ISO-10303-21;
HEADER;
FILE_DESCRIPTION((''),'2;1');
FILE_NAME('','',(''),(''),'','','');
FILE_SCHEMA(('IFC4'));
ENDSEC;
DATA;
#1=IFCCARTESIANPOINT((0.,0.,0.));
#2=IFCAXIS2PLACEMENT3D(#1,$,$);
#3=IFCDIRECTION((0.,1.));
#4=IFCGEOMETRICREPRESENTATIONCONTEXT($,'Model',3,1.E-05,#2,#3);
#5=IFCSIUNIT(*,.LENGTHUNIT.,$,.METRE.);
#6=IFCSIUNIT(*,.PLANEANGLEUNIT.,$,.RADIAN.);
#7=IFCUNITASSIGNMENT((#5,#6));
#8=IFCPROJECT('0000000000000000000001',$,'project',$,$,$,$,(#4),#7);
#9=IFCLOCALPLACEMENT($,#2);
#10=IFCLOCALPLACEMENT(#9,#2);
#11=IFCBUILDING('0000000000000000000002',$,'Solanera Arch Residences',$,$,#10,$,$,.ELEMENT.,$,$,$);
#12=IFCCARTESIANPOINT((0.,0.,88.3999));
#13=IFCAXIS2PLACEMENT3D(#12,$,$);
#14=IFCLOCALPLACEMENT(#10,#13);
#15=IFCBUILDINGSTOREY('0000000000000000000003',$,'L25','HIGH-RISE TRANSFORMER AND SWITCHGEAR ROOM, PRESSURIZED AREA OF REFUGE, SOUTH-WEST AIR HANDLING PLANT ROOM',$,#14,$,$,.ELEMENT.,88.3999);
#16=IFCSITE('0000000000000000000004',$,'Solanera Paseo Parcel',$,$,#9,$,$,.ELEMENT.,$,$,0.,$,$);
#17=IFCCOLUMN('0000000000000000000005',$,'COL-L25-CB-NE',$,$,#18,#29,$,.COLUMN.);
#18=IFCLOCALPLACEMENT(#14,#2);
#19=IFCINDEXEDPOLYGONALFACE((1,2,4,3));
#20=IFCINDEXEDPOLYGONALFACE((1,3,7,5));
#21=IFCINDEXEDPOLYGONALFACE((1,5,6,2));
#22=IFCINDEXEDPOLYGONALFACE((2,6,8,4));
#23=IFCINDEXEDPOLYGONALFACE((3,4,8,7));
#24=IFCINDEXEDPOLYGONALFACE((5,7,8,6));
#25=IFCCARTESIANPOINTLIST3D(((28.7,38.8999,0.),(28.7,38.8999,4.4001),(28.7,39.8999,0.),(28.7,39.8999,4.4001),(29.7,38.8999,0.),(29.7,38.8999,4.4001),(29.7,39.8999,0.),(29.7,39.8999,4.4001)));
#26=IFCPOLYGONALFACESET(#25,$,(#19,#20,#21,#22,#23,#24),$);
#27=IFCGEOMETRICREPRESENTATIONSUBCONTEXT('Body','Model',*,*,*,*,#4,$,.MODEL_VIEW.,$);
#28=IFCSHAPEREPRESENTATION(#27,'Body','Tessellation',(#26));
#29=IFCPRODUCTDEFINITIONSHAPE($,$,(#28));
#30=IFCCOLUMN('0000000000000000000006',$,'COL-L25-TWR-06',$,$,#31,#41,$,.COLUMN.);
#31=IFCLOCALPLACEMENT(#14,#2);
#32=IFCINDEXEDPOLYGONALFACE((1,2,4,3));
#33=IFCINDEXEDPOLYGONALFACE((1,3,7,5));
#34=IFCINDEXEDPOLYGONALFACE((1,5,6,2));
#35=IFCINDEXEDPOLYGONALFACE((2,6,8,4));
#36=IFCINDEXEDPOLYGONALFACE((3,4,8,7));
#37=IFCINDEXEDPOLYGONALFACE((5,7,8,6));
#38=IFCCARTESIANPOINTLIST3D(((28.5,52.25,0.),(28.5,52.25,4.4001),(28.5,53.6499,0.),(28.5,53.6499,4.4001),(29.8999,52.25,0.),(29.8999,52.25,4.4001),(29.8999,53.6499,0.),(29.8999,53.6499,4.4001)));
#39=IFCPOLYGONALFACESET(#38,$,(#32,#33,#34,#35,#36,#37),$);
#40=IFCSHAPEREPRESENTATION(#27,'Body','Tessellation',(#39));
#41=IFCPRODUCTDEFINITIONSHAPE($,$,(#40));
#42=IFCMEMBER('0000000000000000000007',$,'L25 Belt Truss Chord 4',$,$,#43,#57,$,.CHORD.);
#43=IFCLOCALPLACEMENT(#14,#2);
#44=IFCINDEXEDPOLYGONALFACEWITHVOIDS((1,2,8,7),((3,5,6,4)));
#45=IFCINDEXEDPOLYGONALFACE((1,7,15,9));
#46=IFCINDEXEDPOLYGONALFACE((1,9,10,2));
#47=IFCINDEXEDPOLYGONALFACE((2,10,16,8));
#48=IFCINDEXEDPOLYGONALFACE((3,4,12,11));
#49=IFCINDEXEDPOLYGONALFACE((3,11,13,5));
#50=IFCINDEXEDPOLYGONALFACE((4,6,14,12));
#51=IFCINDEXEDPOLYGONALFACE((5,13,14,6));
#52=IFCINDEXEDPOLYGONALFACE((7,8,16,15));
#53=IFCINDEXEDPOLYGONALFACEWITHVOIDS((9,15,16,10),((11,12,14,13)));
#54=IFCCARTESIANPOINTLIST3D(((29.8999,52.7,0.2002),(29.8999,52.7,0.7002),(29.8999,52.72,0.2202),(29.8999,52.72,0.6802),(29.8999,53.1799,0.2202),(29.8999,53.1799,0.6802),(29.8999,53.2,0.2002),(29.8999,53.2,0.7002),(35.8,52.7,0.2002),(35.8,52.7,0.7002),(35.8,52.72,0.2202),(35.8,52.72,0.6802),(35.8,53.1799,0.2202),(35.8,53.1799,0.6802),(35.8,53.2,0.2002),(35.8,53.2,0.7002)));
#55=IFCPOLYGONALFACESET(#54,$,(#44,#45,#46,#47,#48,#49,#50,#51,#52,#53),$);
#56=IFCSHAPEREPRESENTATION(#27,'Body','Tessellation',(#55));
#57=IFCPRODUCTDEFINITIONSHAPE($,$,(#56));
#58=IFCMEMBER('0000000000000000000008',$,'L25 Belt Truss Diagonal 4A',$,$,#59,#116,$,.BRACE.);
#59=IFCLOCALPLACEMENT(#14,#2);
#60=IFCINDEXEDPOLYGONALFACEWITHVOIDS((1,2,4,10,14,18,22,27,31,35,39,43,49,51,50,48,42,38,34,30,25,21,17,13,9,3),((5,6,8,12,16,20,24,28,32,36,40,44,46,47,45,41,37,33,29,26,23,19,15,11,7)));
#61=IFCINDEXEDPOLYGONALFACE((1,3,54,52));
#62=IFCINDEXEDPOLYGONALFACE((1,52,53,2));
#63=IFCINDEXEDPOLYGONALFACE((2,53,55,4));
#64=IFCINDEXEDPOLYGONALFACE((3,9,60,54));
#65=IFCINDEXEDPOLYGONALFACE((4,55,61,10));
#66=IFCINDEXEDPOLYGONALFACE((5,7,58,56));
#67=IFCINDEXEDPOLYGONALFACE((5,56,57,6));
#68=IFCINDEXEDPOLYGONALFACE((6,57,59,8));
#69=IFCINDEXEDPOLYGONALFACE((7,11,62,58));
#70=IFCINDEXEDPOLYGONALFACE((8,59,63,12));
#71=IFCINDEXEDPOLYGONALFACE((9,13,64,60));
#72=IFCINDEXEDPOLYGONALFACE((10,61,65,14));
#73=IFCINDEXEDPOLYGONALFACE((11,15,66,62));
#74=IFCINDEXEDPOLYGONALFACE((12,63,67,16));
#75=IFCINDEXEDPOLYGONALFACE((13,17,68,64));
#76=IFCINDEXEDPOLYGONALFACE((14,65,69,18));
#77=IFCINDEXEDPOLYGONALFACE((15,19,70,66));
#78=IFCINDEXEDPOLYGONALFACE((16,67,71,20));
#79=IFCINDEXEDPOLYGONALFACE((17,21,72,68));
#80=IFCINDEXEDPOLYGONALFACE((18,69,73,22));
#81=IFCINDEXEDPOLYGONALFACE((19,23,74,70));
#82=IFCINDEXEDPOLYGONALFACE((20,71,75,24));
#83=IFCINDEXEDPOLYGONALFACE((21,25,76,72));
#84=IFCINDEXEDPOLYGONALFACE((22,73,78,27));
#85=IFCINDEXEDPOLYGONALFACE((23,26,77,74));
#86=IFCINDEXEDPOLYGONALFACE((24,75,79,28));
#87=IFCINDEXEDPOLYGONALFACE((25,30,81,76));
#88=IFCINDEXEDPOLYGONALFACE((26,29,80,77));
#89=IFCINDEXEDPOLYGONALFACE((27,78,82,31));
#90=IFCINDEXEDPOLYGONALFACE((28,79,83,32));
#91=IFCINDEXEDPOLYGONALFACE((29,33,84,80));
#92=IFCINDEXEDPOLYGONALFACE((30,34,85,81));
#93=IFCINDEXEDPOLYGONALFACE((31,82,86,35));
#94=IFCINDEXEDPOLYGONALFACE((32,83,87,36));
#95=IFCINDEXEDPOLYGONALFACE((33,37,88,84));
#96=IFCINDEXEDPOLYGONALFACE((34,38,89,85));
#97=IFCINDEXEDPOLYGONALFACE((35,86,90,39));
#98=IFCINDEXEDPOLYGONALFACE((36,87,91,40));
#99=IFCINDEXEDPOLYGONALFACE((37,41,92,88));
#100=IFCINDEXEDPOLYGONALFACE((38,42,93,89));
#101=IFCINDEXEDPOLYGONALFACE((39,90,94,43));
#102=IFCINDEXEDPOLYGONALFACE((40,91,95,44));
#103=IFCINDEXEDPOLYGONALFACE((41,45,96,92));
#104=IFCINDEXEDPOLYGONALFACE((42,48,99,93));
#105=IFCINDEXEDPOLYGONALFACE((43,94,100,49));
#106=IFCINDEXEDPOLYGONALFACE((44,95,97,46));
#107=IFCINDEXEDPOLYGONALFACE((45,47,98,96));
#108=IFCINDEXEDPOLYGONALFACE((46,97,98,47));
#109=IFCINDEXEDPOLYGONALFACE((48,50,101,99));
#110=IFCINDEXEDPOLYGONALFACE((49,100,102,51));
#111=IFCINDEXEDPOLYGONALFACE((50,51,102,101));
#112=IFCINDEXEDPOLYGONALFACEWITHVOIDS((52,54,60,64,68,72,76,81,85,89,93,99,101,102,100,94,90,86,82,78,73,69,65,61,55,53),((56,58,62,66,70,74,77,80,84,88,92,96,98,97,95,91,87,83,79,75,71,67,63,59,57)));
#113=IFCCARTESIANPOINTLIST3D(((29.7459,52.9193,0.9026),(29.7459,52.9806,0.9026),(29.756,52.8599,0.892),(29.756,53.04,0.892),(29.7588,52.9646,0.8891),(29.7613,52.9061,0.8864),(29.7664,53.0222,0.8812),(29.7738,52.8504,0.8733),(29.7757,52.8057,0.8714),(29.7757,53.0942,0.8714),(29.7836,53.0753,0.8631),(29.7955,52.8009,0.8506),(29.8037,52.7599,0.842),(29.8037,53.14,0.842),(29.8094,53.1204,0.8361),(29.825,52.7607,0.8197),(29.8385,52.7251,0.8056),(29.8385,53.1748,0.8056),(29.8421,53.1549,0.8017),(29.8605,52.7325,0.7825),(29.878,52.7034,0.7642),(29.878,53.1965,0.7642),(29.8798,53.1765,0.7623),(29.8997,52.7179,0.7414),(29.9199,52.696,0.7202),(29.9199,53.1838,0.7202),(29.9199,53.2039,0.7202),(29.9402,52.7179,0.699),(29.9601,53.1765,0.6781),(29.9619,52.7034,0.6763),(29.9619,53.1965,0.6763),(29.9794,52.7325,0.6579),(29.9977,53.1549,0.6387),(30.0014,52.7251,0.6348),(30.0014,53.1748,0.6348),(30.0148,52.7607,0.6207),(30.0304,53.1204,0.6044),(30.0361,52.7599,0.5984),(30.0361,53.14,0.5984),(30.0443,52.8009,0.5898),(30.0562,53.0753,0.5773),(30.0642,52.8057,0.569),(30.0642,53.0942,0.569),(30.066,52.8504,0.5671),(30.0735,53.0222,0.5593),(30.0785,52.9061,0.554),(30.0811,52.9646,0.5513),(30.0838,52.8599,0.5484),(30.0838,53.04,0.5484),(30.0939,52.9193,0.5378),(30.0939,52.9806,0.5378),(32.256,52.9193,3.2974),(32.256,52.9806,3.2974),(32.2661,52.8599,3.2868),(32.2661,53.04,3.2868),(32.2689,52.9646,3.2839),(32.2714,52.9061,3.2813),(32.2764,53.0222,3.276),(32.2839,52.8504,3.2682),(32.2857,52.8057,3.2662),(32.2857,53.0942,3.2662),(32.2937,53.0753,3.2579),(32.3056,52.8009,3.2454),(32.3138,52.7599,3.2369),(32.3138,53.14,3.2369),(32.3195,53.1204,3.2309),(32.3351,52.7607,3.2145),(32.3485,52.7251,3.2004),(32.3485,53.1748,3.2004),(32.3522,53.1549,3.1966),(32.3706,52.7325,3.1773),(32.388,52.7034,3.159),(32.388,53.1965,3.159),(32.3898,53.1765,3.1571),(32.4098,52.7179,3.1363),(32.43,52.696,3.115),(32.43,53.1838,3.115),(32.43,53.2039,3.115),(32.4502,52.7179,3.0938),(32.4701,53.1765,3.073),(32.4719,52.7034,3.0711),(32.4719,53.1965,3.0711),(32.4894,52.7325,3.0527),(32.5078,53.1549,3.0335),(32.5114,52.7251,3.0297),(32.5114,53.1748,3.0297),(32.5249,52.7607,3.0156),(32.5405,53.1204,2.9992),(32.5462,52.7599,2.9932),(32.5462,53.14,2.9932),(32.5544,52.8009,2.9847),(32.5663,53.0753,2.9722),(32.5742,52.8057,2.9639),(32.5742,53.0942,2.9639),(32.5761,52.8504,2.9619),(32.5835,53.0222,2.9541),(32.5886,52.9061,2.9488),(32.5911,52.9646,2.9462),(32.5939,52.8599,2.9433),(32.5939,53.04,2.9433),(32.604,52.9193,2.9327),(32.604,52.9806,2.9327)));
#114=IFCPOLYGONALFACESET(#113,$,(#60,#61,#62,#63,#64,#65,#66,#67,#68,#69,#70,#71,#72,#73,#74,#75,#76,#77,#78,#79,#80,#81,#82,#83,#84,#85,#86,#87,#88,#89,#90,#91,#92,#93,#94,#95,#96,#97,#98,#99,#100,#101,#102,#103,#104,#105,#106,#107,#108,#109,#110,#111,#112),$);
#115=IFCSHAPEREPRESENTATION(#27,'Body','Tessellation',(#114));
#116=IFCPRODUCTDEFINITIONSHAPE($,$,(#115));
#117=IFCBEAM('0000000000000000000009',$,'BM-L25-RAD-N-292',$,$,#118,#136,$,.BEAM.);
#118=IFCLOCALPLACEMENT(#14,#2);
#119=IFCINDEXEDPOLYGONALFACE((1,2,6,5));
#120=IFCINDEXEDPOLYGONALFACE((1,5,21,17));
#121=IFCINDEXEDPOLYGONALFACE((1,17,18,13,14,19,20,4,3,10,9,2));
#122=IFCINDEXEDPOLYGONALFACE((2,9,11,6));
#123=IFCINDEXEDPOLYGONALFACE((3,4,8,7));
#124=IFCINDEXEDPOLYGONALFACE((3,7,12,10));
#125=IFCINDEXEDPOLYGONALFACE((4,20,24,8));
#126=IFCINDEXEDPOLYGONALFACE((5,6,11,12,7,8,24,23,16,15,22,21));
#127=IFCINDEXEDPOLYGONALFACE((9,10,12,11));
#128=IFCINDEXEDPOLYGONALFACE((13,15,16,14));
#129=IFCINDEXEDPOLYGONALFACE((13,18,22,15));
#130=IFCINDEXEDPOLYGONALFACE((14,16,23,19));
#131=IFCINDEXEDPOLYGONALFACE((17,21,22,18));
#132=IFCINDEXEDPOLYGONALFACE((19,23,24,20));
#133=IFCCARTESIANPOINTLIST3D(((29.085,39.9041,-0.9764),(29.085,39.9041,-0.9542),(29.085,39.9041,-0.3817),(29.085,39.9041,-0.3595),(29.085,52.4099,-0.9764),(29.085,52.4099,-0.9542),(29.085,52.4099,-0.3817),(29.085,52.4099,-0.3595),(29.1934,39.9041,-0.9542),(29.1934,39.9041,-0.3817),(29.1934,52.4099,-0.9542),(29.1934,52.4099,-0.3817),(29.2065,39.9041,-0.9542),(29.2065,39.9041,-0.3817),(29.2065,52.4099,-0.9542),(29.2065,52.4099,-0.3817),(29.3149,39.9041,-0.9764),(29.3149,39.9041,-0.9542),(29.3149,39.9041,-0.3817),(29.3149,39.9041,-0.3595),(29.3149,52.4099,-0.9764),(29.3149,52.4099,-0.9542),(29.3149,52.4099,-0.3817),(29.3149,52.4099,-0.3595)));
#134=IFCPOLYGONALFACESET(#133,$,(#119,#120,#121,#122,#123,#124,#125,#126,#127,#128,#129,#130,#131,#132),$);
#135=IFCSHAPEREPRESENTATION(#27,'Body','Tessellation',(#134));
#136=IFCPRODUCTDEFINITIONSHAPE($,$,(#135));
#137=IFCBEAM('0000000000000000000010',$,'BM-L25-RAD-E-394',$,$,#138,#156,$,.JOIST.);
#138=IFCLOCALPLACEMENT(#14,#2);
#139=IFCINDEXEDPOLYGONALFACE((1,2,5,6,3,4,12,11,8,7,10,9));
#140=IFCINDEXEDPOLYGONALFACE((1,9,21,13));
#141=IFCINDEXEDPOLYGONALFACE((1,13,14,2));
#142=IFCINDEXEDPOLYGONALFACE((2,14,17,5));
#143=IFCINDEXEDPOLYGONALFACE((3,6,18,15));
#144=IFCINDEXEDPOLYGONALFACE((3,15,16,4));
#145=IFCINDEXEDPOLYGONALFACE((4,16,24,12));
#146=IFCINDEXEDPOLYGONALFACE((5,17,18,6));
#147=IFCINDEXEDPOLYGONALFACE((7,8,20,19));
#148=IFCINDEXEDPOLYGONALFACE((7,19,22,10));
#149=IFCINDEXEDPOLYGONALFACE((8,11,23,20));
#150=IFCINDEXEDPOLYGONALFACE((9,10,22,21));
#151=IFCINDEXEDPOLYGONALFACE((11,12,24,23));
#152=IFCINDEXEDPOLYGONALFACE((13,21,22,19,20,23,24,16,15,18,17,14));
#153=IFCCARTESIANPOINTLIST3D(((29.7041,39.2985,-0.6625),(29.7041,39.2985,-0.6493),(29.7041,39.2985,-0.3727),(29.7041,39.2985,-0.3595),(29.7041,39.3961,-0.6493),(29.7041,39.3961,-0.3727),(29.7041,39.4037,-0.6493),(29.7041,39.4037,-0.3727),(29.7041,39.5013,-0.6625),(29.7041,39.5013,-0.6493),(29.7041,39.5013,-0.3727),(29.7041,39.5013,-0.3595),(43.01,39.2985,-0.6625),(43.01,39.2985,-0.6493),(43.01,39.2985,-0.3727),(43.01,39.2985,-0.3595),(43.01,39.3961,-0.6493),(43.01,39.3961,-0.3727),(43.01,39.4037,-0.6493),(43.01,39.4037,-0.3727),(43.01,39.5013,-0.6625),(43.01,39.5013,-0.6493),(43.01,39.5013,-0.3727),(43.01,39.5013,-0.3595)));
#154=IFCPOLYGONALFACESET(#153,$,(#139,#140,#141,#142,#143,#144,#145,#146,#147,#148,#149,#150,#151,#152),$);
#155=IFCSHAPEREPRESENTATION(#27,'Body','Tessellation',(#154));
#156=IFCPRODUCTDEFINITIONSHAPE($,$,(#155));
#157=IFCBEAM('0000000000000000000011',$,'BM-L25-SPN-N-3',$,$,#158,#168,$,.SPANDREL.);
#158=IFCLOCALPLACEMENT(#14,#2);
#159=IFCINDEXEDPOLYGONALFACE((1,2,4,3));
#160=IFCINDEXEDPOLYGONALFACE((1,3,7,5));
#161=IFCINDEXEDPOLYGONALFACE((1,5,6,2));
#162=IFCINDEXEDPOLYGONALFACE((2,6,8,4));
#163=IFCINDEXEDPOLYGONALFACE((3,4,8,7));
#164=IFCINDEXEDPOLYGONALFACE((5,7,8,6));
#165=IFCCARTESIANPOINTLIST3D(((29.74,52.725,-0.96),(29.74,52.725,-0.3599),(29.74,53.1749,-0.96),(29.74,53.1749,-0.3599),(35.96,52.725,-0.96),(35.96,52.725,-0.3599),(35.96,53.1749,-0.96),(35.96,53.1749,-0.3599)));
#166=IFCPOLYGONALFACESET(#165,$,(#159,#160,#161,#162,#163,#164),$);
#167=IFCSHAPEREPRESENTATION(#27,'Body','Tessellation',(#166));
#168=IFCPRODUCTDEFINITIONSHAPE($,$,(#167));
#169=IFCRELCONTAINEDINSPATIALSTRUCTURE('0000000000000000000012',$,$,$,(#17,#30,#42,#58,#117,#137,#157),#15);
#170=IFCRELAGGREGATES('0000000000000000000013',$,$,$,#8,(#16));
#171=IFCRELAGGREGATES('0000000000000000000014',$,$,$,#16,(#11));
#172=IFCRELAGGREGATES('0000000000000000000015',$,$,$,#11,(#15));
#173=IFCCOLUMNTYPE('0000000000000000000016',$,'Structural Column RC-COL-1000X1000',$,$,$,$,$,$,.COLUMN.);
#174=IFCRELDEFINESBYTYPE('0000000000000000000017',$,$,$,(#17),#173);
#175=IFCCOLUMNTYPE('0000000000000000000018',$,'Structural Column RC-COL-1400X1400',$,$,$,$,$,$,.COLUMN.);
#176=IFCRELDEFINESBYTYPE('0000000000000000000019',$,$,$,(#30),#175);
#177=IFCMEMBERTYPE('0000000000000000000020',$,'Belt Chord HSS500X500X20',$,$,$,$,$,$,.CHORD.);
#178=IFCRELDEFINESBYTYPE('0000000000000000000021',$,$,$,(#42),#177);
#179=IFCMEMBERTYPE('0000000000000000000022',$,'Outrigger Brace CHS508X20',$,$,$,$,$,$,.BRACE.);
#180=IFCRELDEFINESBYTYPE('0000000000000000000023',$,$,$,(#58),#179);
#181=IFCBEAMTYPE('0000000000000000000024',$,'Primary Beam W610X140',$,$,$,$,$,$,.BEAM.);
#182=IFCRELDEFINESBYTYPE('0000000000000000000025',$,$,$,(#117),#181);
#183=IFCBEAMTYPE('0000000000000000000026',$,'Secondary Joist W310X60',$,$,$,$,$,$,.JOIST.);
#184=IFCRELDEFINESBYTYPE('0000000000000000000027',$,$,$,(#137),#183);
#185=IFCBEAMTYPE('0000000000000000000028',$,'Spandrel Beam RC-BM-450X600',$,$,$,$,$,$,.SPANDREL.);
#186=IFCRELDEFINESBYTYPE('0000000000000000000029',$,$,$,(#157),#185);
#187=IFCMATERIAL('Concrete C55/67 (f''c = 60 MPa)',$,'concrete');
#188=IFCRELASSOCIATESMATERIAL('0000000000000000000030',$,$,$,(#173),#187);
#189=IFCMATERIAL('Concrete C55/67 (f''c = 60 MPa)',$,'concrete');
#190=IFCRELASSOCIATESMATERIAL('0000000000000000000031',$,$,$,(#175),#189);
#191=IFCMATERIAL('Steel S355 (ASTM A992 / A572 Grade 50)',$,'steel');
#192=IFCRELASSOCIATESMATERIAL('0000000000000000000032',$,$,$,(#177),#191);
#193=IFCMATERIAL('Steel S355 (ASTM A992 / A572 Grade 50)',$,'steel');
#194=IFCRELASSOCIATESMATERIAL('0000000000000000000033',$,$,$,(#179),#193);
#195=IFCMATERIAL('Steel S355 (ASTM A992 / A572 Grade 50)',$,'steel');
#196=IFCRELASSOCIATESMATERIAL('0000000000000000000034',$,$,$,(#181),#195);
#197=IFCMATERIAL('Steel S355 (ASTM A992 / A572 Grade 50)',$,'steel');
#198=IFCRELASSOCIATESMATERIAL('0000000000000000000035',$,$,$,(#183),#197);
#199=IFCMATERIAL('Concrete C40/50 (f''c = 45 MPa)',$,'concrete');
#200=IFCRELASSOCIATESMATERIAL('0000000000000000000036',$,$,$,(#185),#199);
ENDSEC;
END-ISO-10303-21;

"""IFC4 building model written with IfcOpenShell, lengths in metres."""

from ifc_helpers import new_model, si_unit, direction, frame, origin, origin_2d, place, context, subcontext, project, spatial, rectangle, hollow_rectangle, hollow_circle, i_section, extrude, material, material_profile, profile_set, type_object, element, save


model = new_model("IFC4")

# Units and contexts
model_context = context("Model", 3, precision=1e-05, world=origin(), true_north=direction((0.0, 1.0)))
body_context = subcontext(model_context, "Body", "Model", "MODEL_VIEW")
ifc_project = project(units=[si_unit("LENGTHUNIT", "METRE"), si_unit("PLANEANGLEUNIT", "RADIAN")], contexts=[model_context])

# Site, building, storey
site_placement = place(None, origin())
site = spatial("IfcSite", under=ifc_project, at=site_placement, Name="Solanera Paseo Parcel", CompositionType="ELEMENT", RefElevation=0.0)
building_placement = place(site_placement, origin())
building = spatial("IfcBuilding", under=site, at=building_placement, Name="Solanera Arch Residences", CompositionType="ELEMENT")
storey_placement = place(building_placement, frame((0.0, 0.0, 88.3999)))
storey = spatial("IfcBuildingStorey", under=building, at=storey_placement, Name="L25", Description="HIGH-RISE TRANSFORMER AND SWITCHGEAR ROOM, PRESSURIZED AREA OF REFUGE, SOUTH-WEST AIR HANDLING PLANT ROOM", CompositionType="ELEMENT", Elevation=88.3999)

# Columns
ifc_material_1 = material(Name="Concrete C55/67 (f'c = 60 MPa)", Category="concrete")
ifc_material_profile_1 = material_profile(ifc_material_1, rectangle(XDim=1.0, YDim=1.0, at=origin_2d()))
ifc_profile_set_1 = profile_set([ifc_material_profile_1], Name="Concrete C55/67 (f'c = 60 MPa)")
column_type_1 = type_object("IfcColumnType", Name="Structural Column RC-COL-1000X1000", PredefinedType="COLUMN", material=ifc_profile_set_1)
column_1_placement = place(storey_placement, frame((29.2, 39.3999, 0.0), z_axis=(0.0, 0.0, 1.0), x_axis=(1.0, 0.0, 0.0)))
element("IfcColumn", 1, at=column_1_placement, inside=storey, type_object=column_type_1, Name="COL-L25-CB-NE", PredefinedType="COLUMN", context=body_context, shape_type="SweptSolid", body=[
    extrude(rectangle(XDim=1.0, YDim=1.0, at=origin_2d()), origin(), (0.0, 0.0, 1.0), 4.4001),
])
ifc_material_2 = material(Name="Concrete C55/67 (f'c = 60 MPa)", Category="concrete")
ifc_material_profile_2 = material_profile(ifc_material_2, rectangle(XDim=1.3999, YDim=1.3999, at=origin_2d()))
ifc_profile_set_2 = profile_set([ifc_material_profile_2], Name="Concrete C55/67 (f'c = 60 MPa)")
column_type_2 = type_object("IfcColumnType", Name="Structural Column RC-COL-1400X1400", PredefinedType="COLUMN", material=ifc_profile_set_2)
column_2_placement = place(storey_placement, frame((29.2, 52.95, 0.0), z_axis=(0.0, 0.0, 1.0), x_axis=(1.0, 0.0, 0.0)))
element("IfcColumn", 2, at=column_2_placement, inside=storey, type_object=column_type_2, Name="COL-L25-TWR-06", PredefinedType="COLUMN", context=body_context, shape_type="SweptSolid", body=[
    extrude(rectangle(XDim=1.3999, YDim=1.3999, at=origin_2d()), origin(), (0.0, 0.0, 1.0), 4.4001),
])

# Members
ifc_material_3 = material(Name="Steel S355 (ASTM A992 / A572 Grade 50)", Category="steel")
ifc_material_profile_3 = material_profile(ifc_material_3, hollow_rectangle(XDim=0.5, YDim=0.5, WallThickness=0.02, at=origin_2d()))
ifc_profile_set_3 = profile_set([ifc_material_profile_3], Name="Steel S355 (ASTM A992 / A572 Grade 50)")
member_type_1 = type_object("IfcMemberType", Name="Belt Chord HSS500X500X20", PredefinedType="CHORD", material=ifc_profile_set_3)
member_1_placement = place(storey_placement, frame((29.8999, 52.95, 0.4502), z_axis=(1.0, 0.0, 0.0), x_axis=(0.0, 1.0, 0.0)))
element("IfcMember", 3, at=member_1_placement, inside=storey, type_object=member_type_1, Name="L25 Belt Truss Chord 4", PredefinedType="CHORD", context=body_context, shape_type="SweptSolid", body=[
    extrude(hollow_rectangle(XDim=0.5, YDim=0.5, WallThickness=0.02, at=origin_2d()), origin(), (0.0, 0.0, 1.0), 5.9001),
])
ifc_material_4 = material(Name="Steel S355 (ASTM A992 / A572 Grade 50)", Category="steel")
ifc_material_profile_4 = material_profile(ifc_material_4, hollow_circle(Radius=0.2539, WallThickness=0.02, at=origin_2d()))
ifc_profile_set_4 = profile_set([ifc_material_profile_4], Name="Steel S355 (ASTM A992 / A572 Grade 50)")
member_type_2 = type_object("IfcMemberType", Name="Outrigger Brace CHS508X20", PredefinedType="BRACE", material=ifc_profile_set_4)
member_2_placement = place(storey_placement, frame((29.9199, 52.95, 0.7202), z_axis=(0.72352, 0.0, 0.690303), x_axis=(0.0, 1.0, 0.0)))
element("IfcMember", 4, at=member_2_placement, inside=storey, type_object=member_type_2, Name="L25 Belt Truss Diagonal 4A", PredefinedType="BRACE", context=body_context, shape_type="SweptSolid", body=[
    extrude(hollow_circle(Radius=0.2539, WallThickness=0.02, at=origin_2d()), origin(), (0.0, 0.0, 1.0), 3.4692),
])

# Beams
ifc_material_5 = material(Name="Steel S355 (ASTM A992 / A572 Grade 50)", Category="steel")
ifc_material_profile_5 = material_profile(ifc_material_5, i_section(OverallWidth=0.23, OverallDepth=0.6169, WebThickness=0.0132, FlangeThickness=0.0222, at=origin_2d()))
ifc_profile_set_5 = profile_set([ifc_material_profile_5], Name="Steel S355 (ASTM A992 / A572 Grade 50)")
beam_type_1 = type_object("IfcBeamType", Name="Primary Beam W610X140", PredefinedType="BEAM", material=ifc_profile_set_5)
beam_1_placement = place(storey_placement, frame((29.2, 39.9041, -0.668), z_axis=(0.0, 1.0, 0.0), x_axis=(-1.0, 0.0, 0.0)))
element("IfcBeam", 5, at=beam_1_placement, inside=storey, type_object=beam_type_1, Name="BM-L25-RAD-N-292", PredefinedType="BEAM", context=body_context, shape_type="SweptSolid", body=[
    extrude(i_section(OverallWidth=0.23, OverallDepth=0.6169, WebThickness=0.0132, FlangeThickness=0.0222, at=origin_2d()), origin(), (0.0, 0.0, 1.0), 12.5059),
])
ifc_material_6 = material(Name="Steel S355 (ASTM A992 / A572 Grade 50)", Category="steel")
ifc_material_profile_6 = material_profile(ifc_material_6, i_section(OverallWidth=0.2029, OverallDepth=0.303, WebThickness=0.0076, FlangeThickness=0.0132, at=origin_2d()))
ifc_profile_set_6 = profile_set([ifc_material_profile_6], Name="Steel S355 (ASTM A992 / A572 Grade 50)")
beam_type_2 = type_object("IfcBeamType", Name="Secondary Joist W310X60", PredefinedType="JOIST", material=ifc_profile_set_6)
beam_2_placement = place(storey_placement, frame((29.7041, 39.3999, -0.511), z_axis=(1.0, 0.0, 0.0), x_axis=(0.0, 1.0, 0.0)))
element("IfcBeam", 6, at=beam_2_placement, inside=storey, type_object=beam_type_2, Name="BM-L25-RAD-E-394", PredefinedType="JOIST", context=body_context, shape_type="SweptSolid", body=[
    extrude(i_section(OverallWidth=0.2029, OverallDepth=0.303, WebThickness=0.0076, FlangeThickness=0.0132, at=origin_2d()), origin(), (0.0, 0.0, 1.0), 13.3059),
])
ifc_material_7 = material(Name="Concrete C40/50 (f'c = 45 MPa)", Category="concrete")
ifc_material_profile_7 = material_profile(ifc_material_7, rectangle(XDim=0.45, YDim=0.6001, at=origin_2d()))
ifc_profile_set_7 = profile_set([ifc_material_profile_7], Name="Concrete C40/50 (f'c = 45 MPa)")
beam_type_3 = type_object("IfcBeamType", Name="Spandrel Beam RC-BM-450X600", PredefinedType="SPANDREL", material=ifc_profile_set_7)
beam_3_placement = place(storey_placement, frame((29.74, 52.95, -0.6599), z_axis=(1.0, 0.0, 0.0), x_axis=(0.0, 1.0, 0.0)))
element("IfcBeam", 7, at=beam_3_placement, inside=storey, type_object=beam_type_3, Name="BM-L25-SPN-N-3", PredefinedType="SPANDREL", context=body_context, shape_type="SweptSolid", body=[
    extrude(rectangle(XDim=0.45, YDim=0.6001, at=origin_2d()), origin(), (0.0, 0.0, 1.0), 6.22),
])

save(model, "model.ifc")
